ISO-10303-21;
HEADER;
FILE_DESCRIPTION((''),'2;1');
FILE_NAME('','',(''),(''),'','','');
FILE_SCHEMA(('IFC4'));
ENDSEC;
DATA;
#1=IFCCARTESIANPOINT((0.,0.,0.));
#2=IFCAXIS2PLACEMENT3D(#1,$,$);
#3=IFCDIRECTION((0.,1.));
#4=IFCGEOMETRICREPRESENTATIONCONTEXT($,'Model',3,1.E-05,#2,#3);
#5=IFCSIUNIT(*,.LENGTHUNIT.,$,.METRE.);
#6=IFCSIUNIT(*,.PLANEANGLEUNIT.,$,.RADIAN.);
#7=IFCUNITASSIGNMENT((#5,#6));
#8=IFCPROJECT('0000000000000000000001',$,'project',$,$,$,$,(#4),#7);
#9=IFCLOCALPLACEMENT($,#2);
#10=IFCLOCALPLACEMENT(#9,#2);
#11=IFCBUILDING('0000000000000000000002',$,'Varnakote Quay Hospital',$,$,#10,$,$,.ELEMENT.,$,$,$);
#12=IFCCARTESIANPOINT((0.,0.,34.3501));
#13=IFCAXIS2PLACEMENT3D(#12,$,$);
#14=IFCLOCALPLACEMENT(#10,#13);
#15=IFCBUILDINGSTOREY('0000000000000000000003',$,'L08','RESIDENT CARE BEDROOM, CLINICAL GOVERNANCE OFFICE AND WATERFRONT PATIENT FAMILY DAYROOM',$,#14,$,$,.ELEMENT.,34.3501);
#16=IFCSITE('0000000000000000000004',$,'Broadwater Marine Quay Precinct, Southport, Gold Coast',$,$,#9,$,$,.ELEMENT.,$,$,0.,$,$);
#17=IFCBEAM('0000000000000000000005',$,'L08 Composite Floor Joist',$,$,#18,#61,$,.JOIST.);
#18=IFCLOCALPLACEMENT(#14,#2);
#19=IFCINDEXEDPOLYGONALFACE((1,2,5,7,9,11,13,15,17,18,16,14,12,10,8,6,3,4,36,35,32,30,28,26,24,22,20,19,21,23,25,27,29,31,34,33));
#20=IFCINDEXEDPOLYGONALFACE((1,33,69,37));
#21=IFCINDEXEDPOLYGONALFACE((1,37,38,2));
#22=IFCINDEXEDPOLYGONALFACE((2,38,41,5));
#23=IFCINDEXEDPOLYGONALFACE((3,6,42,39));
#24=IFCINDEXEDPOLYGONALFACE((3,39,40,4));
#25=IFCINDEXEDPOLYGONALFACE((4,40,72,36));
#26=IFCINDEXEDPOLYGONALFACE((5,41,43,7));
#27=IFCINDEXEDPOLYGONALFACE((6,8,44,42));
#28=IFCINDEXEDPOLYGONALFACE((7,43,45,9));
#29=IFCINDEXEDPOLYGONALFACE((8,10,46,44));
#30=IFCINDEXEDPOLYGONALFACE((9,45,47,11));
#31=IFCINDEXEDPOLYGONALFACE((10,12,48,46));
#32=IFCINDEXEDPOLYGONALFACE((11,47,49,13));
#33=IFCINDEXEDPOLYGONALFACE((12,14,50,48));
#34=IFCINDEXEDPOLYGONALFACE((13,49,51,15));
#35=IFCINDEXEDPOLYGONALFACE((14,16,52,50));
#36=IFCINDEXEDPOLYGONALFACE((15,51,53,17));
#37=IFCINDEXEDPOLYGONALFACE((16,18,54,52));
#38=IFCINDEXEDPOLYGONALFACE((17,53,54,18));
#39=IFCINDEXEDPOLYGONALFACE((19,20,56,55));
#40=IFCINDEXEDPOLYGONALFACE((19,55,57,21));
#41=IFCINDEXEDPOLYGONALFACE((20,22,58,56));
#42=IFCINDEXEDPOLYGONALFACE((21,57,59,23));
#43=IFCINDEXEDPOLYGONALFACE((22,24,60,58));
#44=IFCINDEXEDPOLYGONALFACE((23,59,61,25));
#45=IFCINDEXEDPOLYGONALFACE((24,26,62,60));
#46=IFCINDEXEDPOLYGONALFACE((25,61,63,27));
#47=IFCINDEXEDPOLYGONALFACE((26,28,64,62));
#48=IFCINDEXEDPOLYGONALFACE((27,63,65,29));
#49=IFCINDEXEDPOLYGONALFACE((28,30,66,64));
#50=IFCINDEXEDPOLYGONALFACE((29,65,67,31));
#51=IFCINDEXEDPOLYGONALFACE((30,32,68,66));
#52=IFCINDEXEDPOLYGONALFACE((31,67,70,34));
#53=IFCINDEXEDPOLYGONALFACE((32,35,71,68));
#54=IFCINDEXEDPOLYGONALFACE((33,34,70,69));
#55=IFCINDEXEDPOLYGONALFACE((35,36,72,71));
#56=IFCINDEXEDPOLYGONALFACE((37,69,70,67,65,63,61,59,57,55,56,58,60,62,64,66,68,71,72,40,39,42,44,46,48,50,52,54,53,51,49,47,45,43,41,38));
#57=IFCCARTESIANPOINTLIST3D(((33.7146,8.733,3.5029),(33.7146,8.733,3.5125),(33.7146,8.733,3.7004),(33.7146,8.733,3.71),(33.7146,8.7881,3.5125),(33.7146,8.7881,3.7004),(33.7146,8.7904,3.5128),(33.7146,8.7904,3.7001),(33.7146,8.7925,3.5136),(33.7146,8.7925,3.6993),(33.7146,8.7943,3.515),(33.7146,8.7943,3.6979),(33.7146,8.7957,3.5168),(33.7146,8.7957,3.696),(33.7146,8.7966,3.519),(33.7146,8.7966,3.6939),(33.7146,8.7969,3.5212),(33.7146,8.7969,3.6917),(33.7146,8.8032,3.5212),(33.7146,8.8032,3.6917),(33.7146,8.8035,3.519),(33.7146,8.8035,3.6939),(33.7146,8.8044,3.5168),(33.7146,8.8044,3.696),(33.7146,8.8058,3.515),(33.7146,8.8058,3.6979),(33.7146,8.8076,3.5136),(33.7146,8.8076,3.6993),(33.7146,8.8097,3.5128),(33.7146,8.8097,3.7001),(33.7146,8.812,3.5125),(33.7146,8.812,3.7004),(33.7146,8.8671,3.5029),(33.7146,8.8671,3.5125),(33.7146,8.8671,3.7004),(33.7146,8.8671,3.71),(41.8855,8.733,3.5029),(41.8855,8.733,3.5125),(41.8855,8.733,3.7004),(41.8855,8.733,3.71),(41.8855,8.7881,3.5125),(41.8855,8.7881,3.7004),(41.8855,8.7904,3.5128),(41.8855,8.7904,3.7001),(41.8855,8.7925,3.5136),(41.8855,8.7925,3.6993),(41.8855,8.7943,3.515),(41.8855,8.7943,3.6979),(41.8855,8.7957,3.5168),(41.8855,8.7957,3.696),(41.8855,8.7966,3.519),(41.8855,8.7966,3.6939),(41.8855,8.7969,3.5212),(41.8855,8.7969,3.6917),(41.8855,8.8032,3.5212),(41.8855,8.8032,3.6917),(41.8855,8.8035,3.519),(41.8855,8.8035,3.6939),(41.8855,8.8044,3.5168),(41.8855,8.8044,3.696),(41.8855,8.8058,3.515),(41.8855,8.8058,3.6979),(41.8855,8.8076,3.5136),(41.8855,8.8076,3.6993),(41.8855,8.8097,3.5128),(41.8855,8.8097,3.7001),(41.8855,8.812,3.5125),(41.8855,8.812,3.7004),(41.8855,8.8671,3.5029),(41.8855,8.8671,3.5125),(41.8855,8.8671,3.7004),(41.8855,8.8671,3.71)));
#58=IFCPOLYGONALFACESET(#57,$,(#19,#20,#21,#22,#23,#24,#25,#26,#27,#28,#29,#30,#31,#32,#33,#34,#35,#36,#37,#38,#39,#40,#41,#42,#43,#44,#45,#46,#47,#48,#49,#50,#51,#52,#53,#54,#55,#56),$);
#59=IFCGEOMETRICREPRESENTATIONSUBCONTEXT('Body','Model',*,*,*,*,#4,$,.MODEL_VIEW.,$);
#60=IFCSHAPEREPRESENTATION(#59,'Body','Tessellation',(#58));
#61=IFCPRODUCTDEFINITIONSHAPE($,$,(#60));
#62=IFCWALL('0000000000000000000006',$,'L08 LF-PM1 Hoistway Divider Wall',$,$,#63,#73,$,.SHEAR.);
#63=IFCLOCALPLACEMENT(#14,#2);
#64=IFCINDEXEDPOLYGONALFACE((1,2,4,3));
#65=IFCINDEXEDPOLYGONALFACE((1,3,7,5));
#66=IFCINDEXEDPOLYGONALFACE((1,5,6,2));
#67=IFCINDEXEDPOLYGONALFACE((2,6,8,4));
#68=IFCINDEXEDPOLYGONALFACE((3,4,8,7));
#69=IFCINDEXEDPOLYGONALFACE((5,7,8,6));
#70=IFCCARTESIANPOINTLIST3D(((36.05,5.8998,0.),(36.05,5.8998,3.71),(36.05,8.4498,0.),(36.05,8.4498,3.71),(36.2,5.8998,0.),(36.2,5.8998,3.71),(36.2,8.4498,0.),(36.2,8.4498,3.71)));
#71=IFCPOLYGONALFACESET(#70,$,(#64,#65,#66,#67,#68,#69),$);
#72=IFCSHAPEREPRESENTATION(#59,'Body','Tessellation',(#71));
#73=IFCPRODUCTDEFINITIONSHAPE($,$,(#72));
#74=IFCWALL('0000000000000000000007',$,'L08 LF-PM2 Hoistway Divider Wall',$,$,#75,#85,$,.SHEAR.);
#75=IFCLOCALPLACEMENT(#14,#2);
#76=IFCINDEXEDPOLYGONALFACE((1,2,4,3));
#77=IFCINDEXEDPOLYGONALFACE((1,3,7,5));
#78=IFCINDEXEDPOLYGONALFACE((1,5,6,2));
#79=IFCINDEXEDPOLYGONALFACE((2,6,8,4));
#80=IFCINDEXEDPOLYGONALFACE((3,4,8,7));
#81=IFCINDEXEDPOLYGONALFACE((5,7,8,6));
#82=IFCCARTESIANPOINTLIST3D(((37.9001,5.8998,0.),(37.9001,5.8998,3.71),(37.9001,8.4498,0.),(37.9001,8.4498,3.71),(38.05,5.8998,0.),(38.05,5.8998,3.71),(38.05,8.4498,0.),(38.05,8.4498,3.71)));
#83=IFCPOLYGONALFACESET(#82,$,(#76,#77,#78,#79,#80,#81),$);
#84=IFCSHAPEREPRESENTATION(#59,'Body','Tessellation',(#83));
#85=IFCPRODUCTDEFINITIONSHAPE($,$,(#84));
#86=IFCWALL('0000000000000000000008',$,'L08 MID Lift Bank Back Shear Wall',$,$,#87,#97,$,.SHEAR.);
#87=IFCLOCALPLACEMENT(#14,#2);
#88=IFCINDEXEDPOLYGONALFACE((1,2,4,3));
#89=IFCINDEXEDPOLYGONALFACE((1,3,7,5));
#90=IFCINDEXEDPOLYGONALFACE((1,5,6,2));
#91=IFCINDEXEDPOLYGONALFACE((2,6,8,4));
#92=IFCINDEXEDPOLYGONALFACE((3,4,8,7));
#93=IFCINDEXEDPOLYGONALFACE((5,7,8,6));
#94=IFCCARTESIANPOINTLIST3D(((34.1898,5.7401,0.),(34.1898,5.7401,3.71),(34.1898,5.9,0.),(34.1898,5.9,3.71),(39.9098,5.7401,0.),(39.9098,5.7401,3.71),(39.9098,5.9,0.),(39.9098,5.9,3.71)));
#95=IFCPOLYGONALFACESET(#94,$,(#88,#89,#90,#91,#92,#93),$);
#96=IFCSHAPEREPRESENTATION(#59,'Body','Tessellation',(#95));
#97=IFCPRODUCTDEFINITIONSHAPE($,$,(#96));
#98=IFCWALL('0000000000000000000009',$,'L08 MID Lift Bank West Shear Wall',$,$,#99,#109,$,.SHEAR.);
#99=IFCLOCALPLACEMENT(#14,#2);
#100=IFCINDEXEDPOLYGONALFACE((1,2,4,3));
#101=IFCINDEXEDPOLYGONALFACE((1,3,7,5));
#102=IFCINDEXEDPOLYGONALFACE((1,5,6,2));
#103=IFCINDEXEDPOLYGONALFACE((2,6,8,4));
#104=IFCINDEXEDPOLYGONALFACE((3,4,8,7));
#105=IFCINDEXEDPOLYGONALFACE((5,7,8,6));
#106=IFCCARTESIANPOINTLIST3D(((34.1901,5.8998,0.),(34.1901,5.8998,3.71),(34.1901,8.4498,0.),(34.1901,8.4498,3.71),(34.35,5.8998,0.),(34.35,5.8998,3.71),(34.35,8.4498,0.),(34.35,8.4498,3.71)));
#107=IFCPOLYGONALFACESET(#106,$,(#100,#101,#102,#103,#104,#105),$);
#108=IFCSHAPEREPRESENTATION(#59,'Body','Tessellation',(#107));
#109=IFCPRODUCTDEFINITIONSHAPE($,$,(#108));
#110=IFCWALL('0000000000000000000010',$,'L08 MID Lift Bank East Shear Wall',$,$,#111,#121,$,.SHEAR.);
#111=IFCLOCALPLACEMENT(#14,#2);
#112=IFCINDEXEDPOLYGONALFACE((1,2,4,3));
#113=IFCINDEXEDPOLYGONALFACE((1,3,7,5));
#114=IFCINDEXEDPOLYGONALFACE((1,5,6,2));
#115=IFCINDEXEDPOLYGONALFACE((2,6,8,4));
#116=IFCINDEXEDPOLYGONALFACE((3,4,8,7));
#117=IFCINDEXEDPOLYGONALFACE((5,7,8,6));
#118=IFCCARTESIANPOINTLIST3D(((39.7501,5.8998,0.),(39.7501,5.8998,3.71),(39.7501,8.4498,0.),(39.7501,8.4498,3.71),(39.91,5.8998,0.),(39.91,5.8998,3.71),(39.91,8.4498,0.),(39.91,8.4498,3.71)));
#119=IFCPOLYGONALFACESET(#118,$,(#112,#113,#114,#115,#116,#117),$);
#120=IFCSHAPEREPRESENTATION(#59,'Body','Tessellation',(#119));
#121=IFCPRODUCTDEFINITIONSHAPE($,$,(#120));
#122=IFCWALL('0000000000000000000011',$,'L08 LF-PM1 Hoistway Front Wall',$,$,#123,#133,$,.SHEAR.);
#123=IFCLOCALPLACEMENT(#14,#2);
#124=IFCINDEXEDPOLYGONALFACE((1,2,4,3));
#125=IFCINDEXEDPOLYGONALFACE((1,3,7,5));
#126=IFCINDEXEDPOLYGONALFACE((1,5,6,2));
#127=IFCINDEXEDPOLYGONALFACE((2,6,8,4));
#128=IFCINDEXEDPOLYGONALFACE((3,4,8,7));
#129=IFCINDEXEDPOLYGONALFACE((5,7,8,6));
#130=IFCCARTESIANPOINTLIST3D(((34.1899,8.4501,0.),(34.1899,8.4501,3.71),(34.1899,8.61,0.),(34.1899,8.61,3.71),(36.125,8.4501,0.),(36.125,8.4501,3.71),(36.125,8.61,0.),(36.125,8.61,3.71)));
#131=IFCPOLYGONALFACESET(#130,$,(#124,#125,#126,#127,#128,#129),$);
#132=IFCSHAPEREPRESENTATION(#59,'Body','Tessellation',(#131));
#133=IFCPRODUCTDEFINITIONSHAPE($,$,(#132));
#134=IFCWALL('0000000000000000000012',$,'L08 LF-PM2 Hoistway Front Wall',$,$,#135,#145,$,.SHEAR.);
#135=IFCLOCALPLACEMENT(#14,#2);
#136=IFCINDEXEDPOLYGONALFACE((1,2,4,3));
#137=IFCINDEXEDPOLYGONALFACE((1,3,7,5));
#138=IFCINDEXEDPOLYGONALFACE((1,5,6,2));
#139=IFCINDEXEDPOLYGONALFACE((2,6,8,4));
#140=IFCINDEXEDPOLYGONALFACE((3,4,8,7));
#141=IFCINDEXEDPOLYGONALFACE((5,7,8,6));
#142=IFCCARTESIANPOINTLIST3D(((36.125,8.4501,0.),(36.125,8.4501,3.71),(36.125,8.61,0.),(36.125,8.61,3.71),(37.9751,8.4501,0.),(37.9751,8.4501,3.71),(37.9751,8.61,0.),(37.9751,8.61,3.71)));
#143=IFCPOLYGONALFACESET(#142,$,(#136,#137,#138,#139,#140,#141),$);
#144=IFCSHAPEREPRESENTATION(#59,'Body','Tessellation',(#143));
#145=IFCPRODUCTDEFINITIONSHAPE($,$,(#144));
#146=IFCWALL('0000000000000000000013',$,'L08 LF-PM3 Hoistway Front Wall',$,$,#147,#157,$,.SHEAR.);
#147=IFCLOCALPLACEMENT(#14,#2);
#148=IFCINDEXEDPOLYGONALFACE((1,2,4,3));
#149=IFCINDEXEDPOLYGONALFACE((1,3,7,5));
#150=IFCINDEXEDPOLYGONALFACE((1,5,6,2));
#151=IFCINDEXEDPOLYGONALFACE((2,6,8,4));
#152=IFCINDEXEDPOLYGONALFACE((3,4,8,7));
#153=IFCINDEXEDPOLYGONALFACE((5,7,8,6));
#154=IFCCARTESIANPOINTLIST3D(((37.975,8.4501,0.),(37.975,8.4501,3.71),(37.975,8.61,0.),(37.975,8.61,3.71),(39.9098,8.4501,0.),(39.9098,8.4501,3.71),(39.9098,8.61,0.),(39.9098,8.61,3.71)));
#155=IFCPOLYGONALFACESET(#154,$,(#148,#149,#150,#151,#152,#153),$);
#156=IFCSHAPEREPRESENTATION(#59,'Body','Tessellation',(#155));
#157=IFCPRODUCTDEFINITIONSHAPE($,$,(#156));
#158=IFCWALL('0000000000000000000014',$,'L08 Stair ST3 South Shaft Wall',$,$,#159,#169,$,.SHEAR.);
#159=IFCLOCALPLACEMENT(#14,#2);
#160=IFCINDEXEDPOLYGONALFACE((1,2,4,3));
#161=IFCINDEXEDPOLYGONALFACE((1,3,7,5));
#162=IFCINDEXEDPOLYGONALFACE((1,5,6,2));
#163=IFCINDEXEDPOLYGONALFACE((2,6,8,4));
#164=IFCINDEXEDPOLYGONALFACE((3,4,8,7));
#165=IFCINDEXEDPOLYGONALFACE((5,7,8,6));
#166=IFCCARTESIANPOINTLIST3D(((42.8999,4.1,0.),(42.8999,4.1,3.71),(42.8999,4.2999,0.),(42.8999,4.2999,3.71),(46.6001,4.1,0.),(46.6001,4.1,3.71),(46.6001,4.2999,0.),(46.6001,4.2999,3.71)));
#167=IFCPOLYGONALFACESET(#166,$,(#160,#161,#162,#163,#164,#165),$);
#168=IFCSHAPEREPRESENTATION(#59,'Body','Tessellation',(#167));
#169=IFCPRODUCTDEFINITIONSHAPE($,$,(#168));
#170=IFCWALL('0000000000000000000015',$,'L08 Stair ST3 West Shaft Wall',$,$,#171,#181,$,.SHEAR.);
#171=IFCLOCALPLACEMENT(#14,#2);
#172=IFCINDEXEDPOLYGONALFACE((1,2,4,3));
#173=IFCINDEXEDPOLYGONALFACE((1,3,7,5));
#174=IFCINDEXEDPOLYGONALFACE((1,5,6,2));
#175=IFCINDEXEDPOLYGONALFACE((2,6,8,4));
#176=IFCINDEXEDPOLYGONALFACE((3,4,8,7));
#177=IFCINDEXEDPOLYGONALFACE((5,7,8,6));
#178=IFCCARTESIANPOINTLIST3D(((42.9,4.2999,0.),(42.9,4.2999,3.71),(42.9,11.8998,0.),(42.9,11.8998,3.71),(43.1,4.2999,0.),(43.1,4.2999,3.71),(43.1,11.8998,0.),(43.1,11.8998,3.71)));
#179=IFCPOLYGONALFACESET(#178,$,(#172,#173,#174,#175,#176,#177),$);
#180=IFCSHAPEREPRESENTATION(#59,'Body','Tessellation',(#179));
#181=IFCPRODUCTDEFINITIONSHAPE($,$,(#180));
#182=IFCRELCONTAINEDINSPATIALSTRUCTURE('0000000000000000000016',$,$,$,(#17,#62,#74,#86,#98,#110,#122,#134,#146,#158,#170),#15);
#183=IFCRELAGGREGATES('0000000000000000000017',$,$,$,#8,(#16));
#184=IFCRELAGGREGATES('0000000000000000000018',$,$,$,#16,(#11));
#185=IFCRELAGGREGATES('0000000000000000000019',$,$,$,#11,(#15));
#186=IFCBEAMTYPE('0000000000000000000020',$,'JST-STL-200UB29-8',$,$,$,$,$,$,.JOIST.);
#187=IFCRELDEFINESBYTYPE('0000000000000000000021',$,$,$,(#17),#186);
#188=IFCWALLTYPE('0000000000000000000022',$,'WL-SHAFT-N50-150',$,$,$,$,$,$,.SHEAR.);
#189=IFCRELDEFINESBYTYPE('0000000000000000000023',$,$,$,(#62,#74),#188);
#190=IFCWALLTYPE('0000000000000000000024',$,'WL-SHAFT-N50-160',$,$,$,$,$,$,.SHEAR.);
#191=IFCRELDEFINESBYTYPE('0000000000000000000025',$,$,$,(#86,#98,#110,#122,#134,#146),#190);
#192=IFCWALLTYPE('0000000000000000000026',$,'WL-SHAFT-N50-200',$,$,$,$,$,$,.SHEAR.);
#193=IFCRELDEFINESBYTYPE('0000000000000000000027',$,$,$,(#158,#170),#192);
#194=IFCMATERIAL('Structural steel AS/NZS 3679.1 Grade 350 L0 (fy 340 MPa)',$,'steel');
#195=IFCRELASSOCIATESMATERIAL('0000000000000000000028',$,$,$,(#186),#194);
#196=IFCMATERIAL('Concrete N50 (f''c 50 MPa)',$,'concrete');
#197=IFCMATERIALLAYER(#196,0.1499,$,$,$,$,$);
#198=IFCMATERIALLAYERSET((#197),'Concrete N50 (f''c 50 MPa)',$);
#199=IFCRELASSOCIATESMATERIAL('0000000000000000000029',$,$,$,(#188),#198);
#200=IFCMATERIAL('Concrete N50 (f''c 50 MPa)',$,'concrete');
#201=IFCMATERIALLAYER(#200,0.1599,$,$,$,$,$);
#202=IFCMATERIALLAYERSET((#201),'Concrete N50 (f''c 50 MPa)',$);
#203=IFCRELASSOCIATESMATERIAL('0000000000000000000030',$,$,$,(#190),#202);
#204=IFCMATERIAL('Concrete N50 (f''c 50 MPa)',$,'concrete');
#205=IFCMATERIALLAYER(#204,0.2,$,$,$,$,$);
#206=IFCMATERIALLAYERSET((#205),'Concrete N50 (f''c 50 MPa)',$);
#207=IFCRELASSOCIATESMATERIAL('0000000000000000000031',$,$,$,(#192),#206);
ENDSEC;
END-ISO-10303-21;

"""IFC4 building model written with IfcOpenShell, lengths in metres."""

from ifc_helpers import new_model, si_unit, direction, frame, frame_2d, origin, origin_2d, place, context, subcontext, project, spatial, rectangle, i_section, extrude, material, layer, layer_set, material_profile, profile_set, type_object, element, save


model = new_model("IFC4")

# Units and contexts
model_context = context("Model", 3, precision=1e-05, world=origin(), true_north=direction((0.0, 1.0)))
body_context = subcontext(model_context, "Body", "Model", "MODEL_VIEW")
ifc_project = project(units=[si_unit("LENGTHUNIT", "METRE"), si_unit("PLANEANGLEUNIT", "RADIAN")], contexts=[model_context])

# Site, building, storey
site_placement = place(None, origin())
site = spatial("IfcSite", under=ifc_project, at=site_placement, Name="Broadwater Marine Quay Precinct, Southport, Gold Coast", CompositionType="ELEMENT", RefElevation=0.0)
building_placement = place(site_placement, origin())
building = spatial("IfcBuilding", under=site, at=building_placement, Name="Varnakote Quay Hospital", CompositionType="ELEMENT")
storey_placement = place(building_placement, frame((0.0, 0.0, 34.3501)))
storey = spatial("IfcBuildingStorey", under=building, at=storey_placement, Name="L08", Description="RESIDENT CARE BEDROOM, CLINICAL GOVERNANCE OFFICE AND WATERFRONT PATIENT FAMILY DAYROOM", CompositionType="ELEMENT", Elevation=34.3501)

# Beam
ifc_material_1 = material(Name="Structural steel AS/NZS 3679.1 Grade 350 L0 (fy 340 MPa)", Category="steel")
ifc_material_profile_1 = material_profile(ifc_material_1, i_section(OverallWidth=0.134, OverallDepth=0.207, WebThickness=0.0063, FlangeThickness=0.0095, FilletRadius=0.0088, at=origin_2d()), Name="200UB29.8")
ifc_profile_set_1 = profile_set([ifc_material_profile_1], Name="Structural steel AS/NZS 3679.1 Grade 350 L0 (fy 340 MPa)")
beam_type_1 = type_object("IfcBeamType", Name="JST-STL-200UB29-8", PredefinedType="JOIST", material=ifc_profile_set_1)
beam_placement = place(storey_placement, frame((33.7146, 8.8, 3.6064), z_axis=(1.0, 0.0, 0.0), x_axis=(0.0, 1.0, 0.0)))
element("IfcBeam", 1, at=beam_placement, inside=storey, type_object=beam_type_1, Name="L08 Composite Floor Joist", PredefinedType="JOIST", context=body_context, shape_type="SweptSolid", body=[
    extrude(i_section(OverallWidth=0.134, OverallDepth=0.207, WebThickness=0.0063, FlangeThickness=0.0095, FilletRadius=0.0088, at=origin_2d()), origin(), (0.0, 0.0, 1.0), 8.1709),
])

# Walls
ifc_material_2 = material(Name="Concrete N50 (f'c 50 MPa)", Category="concrete")
ifc_layer_1 = layer(ifc_material_2, 0.1499)
ifc_layer_set_1 = layer_set([ifc_layer_1], Name="Concrete N50 (f'c 50 MPa)")
wall_type_1 = type_object("IfcWallType", Name="WL-SHAFT-N50-150", PredefinedType="SHEAR", material=ifc_layer_set_1)
for number, where, z_axis, x_axis, name in (
    (2, (36.125, 5.8999, 0.0), (0.0, 0.0, 1.0), (0.0, 1.0, 0.0), "L08 LF-PM1 Hoistway Divider Wall"),
    (3, (37.9751, 5.8999, 0.0), (0.0, 0.0, 1.0), (0.0, 1.0, 0.0), "L08 LF-PM2 Hoistway Divider Wall"),
):
    element("IfcWall", number, at=place(storey_placement, frame(where, z_axis=z_axis, x_axis=x_axis)), inside=storey, type_object=wall_type_1, Name=name, PredefinedType="SHEAR", context=body_context, shape_type="SweptSolid", body=[
        extrude(rectangle(XDim=2.55, YDim=0.1499, at=frame_2d((1.2749, 0.0))), origin(), (0.0, 0.0, 1.0), 3.71),
    ])
ifc_material_3 = material(Name="Concrete N50 (f'c 50 MPa)", Category="concrete")
ifc_layer_2 = layer(ifc_material_3, 0.1599)
ifc_layer_set_2 = layer_set([ifc_layer_2], Name="Concrete N50 (f'c 50 MPa)")
wall_type_2 = type_object("IfcWallType", Name="WL-SHAFT-N50-160", PredefinedType="SHEAR", material=ifc_layer_set_2)
wall_1_placement = place(storey_placement, frame((34.1899, 5.8201, 0.0), z_axis=(0.0, 0.0, 1.0), x_axis=(1.0, 0.0, 0.0)))
element("IfcWall", 4, at=wall_1_placement, inside=storey, type_object=wall_type_2, Name="L08 MID Lift Bank Back Shear Wall", PredefinedType="SHEAR", context=body_context, shape_type="SweptSolid", body=[
    extrude(rectangle(XDim=5.72, YDim=0.1599, at=frame_2d((2.8599, 0.0))), origin(), (0.0, 0.0, 1.0), 3.71),
])
for number, where, z_axis, x_axis, name in (
    (5, (34.27, 5.8999, 0.0), (0.0, 0.0, 1.0), (0.0, 1.0, 0.0), "L08 MID Lift Bank West Shear Wall"),
    (6, (39.8301, 5.8999, 0.0), (0.0, 0.0, 1.0), (0.0, 1.0, 0.0), "L08 MID Lift Bank East Shear Wall"),
):
    element("IfcWall", number, at=place(storey_placement, frame(where, z_axis=z_axis, x_axis=x_axis)), inside=storey, type_object=wall_type_2, Name=name, PredefinedType="SHEAR", context=body_context, shape_type="SweptSolid", body=[
        extrude(rectangle(XDim=2.55, YDim=0.1599, at=frame_2d((1.2749, 0.0))), origin(), (0.0, 0.0, 1.0), 3.71),
    ])
wall_2_placement = place(storey_placement, frame((34.1899, 8.53, 0.0), z_axis=(0.0, 0.0, 1.0), x_axis=(1.0, 0.0, 0.0)))
element("IfcWall", 7, at=wall_2_placement, inside=storey, type_object=wall_type_2, Name="L08 LF-PM1 Hoistway Front Wall", PredefinedType="SHEAR", context=body_context, shape_type="SweptSolid", body=[
    extrude(rectangle(XDim=1.9351, YDim=0.1599, at=frame_2d((0.9675, 0.0))), origin(), (0.0, 0.0, 1.0), 3.71),
])
wall_3_placement = place(storey_placement, frame((36.125, 8.53, 0.0), z_axis=(0.0, 0.0, 1.0), x_axis=(1.0, 0.0, 0.0)))
element("IfcWall", 8, at=wall_3_placement, inside=storey, type_object=wall_type_2, Name="L08 LF-PM2 Hoistway Front Wall", PredefinedType="SHEAR", context=body_context, shape_type="SweptSolid", body=[
    extrude(rectangle(XDim=1.8501, YDim=0.1599, at=frame_2d((0.925, 0.0))), origin(), (0.0, 0.0, 1.0), 3.71),
])
wall_4_placement = place(storey_placement, frame((37.9751, 8.53, 0.0), z_axis=(0.0, 0.0, 1.0), x_axis=(1.0, 0.0, 0.0)))
element("IfcWall", 9, at=wall_4_placement, inside=storey, type_object=wall_type_2, Name="L08 LF-PM3 Hoistway Front Wall", PredefinedType="SHEAR", context=body_context, shape_type="SweptSolid", body=[
    extrude(rectangle(XDim=1.9348, YDim=0.1599, at=frame_2d((0.9673, 0.0))), origin(), (0.0, 0.0, 1.0), 3.71),
])
ifc_material_4 = material(Name="Concrete N50 (f'c 50 MPa)", Category="concrete")
ifc_layer_3 = layer(ifc_material_4, 0.2)
ifc_layer_set_3 = layer_set([ifc_layer_3], Name="Concrete N50 (f'c 50 MPa)")
wall_type_3 = type_object("IfcWallType", Name="WL-SHAFT-N50-200", PredefinedType="SHEAR", material=ifc_layer_set_3)
wall_5_placement = place(storey_placement, frame((42.8999, 4.2, 0.0), z_axis=(0.0, 0.0, 1.0), x_axis=(1.0, 0.0, 0.0)))
element("IfcWall", 10, at=wall_5_placement, inside=storey, type_object=wall_type_3, Name="L08 Stair ST3 South Shaft Wall", PredefinedType="SHEAR", context=body_context, shape_type="SweptSolid", body=[
    extrude(rectangle(XDim=3.7002, YDim=0.2, at=frame_2d((1.8501, 0.0))), origin(), (0.0, 0.0, 1.0), 3.71),
])
wall_6_placement = place(storey_placement, frame((43.0, 4.3, 0.0), z_axis=(0.0, 0.0, 1.0), x_axis=(0.0, 1.0, 0.0)))
element("IfcWall", 11, at=wall_6_placement, inside=storey, type_object=wall_type_3, Name="L08 Stair ST3 West Shaft Wall", PredefinedType="SHEAR", context=body_context, shape_type="SweptSolid", body=[
    extrude(rectangle(XDim=7.5999, YDim=0.2, at=frame_2d((3.7998, 0.0))), origin(), (0.0, 0.0, 1.0), 3.71),
])

save(model, "model.ifc")
